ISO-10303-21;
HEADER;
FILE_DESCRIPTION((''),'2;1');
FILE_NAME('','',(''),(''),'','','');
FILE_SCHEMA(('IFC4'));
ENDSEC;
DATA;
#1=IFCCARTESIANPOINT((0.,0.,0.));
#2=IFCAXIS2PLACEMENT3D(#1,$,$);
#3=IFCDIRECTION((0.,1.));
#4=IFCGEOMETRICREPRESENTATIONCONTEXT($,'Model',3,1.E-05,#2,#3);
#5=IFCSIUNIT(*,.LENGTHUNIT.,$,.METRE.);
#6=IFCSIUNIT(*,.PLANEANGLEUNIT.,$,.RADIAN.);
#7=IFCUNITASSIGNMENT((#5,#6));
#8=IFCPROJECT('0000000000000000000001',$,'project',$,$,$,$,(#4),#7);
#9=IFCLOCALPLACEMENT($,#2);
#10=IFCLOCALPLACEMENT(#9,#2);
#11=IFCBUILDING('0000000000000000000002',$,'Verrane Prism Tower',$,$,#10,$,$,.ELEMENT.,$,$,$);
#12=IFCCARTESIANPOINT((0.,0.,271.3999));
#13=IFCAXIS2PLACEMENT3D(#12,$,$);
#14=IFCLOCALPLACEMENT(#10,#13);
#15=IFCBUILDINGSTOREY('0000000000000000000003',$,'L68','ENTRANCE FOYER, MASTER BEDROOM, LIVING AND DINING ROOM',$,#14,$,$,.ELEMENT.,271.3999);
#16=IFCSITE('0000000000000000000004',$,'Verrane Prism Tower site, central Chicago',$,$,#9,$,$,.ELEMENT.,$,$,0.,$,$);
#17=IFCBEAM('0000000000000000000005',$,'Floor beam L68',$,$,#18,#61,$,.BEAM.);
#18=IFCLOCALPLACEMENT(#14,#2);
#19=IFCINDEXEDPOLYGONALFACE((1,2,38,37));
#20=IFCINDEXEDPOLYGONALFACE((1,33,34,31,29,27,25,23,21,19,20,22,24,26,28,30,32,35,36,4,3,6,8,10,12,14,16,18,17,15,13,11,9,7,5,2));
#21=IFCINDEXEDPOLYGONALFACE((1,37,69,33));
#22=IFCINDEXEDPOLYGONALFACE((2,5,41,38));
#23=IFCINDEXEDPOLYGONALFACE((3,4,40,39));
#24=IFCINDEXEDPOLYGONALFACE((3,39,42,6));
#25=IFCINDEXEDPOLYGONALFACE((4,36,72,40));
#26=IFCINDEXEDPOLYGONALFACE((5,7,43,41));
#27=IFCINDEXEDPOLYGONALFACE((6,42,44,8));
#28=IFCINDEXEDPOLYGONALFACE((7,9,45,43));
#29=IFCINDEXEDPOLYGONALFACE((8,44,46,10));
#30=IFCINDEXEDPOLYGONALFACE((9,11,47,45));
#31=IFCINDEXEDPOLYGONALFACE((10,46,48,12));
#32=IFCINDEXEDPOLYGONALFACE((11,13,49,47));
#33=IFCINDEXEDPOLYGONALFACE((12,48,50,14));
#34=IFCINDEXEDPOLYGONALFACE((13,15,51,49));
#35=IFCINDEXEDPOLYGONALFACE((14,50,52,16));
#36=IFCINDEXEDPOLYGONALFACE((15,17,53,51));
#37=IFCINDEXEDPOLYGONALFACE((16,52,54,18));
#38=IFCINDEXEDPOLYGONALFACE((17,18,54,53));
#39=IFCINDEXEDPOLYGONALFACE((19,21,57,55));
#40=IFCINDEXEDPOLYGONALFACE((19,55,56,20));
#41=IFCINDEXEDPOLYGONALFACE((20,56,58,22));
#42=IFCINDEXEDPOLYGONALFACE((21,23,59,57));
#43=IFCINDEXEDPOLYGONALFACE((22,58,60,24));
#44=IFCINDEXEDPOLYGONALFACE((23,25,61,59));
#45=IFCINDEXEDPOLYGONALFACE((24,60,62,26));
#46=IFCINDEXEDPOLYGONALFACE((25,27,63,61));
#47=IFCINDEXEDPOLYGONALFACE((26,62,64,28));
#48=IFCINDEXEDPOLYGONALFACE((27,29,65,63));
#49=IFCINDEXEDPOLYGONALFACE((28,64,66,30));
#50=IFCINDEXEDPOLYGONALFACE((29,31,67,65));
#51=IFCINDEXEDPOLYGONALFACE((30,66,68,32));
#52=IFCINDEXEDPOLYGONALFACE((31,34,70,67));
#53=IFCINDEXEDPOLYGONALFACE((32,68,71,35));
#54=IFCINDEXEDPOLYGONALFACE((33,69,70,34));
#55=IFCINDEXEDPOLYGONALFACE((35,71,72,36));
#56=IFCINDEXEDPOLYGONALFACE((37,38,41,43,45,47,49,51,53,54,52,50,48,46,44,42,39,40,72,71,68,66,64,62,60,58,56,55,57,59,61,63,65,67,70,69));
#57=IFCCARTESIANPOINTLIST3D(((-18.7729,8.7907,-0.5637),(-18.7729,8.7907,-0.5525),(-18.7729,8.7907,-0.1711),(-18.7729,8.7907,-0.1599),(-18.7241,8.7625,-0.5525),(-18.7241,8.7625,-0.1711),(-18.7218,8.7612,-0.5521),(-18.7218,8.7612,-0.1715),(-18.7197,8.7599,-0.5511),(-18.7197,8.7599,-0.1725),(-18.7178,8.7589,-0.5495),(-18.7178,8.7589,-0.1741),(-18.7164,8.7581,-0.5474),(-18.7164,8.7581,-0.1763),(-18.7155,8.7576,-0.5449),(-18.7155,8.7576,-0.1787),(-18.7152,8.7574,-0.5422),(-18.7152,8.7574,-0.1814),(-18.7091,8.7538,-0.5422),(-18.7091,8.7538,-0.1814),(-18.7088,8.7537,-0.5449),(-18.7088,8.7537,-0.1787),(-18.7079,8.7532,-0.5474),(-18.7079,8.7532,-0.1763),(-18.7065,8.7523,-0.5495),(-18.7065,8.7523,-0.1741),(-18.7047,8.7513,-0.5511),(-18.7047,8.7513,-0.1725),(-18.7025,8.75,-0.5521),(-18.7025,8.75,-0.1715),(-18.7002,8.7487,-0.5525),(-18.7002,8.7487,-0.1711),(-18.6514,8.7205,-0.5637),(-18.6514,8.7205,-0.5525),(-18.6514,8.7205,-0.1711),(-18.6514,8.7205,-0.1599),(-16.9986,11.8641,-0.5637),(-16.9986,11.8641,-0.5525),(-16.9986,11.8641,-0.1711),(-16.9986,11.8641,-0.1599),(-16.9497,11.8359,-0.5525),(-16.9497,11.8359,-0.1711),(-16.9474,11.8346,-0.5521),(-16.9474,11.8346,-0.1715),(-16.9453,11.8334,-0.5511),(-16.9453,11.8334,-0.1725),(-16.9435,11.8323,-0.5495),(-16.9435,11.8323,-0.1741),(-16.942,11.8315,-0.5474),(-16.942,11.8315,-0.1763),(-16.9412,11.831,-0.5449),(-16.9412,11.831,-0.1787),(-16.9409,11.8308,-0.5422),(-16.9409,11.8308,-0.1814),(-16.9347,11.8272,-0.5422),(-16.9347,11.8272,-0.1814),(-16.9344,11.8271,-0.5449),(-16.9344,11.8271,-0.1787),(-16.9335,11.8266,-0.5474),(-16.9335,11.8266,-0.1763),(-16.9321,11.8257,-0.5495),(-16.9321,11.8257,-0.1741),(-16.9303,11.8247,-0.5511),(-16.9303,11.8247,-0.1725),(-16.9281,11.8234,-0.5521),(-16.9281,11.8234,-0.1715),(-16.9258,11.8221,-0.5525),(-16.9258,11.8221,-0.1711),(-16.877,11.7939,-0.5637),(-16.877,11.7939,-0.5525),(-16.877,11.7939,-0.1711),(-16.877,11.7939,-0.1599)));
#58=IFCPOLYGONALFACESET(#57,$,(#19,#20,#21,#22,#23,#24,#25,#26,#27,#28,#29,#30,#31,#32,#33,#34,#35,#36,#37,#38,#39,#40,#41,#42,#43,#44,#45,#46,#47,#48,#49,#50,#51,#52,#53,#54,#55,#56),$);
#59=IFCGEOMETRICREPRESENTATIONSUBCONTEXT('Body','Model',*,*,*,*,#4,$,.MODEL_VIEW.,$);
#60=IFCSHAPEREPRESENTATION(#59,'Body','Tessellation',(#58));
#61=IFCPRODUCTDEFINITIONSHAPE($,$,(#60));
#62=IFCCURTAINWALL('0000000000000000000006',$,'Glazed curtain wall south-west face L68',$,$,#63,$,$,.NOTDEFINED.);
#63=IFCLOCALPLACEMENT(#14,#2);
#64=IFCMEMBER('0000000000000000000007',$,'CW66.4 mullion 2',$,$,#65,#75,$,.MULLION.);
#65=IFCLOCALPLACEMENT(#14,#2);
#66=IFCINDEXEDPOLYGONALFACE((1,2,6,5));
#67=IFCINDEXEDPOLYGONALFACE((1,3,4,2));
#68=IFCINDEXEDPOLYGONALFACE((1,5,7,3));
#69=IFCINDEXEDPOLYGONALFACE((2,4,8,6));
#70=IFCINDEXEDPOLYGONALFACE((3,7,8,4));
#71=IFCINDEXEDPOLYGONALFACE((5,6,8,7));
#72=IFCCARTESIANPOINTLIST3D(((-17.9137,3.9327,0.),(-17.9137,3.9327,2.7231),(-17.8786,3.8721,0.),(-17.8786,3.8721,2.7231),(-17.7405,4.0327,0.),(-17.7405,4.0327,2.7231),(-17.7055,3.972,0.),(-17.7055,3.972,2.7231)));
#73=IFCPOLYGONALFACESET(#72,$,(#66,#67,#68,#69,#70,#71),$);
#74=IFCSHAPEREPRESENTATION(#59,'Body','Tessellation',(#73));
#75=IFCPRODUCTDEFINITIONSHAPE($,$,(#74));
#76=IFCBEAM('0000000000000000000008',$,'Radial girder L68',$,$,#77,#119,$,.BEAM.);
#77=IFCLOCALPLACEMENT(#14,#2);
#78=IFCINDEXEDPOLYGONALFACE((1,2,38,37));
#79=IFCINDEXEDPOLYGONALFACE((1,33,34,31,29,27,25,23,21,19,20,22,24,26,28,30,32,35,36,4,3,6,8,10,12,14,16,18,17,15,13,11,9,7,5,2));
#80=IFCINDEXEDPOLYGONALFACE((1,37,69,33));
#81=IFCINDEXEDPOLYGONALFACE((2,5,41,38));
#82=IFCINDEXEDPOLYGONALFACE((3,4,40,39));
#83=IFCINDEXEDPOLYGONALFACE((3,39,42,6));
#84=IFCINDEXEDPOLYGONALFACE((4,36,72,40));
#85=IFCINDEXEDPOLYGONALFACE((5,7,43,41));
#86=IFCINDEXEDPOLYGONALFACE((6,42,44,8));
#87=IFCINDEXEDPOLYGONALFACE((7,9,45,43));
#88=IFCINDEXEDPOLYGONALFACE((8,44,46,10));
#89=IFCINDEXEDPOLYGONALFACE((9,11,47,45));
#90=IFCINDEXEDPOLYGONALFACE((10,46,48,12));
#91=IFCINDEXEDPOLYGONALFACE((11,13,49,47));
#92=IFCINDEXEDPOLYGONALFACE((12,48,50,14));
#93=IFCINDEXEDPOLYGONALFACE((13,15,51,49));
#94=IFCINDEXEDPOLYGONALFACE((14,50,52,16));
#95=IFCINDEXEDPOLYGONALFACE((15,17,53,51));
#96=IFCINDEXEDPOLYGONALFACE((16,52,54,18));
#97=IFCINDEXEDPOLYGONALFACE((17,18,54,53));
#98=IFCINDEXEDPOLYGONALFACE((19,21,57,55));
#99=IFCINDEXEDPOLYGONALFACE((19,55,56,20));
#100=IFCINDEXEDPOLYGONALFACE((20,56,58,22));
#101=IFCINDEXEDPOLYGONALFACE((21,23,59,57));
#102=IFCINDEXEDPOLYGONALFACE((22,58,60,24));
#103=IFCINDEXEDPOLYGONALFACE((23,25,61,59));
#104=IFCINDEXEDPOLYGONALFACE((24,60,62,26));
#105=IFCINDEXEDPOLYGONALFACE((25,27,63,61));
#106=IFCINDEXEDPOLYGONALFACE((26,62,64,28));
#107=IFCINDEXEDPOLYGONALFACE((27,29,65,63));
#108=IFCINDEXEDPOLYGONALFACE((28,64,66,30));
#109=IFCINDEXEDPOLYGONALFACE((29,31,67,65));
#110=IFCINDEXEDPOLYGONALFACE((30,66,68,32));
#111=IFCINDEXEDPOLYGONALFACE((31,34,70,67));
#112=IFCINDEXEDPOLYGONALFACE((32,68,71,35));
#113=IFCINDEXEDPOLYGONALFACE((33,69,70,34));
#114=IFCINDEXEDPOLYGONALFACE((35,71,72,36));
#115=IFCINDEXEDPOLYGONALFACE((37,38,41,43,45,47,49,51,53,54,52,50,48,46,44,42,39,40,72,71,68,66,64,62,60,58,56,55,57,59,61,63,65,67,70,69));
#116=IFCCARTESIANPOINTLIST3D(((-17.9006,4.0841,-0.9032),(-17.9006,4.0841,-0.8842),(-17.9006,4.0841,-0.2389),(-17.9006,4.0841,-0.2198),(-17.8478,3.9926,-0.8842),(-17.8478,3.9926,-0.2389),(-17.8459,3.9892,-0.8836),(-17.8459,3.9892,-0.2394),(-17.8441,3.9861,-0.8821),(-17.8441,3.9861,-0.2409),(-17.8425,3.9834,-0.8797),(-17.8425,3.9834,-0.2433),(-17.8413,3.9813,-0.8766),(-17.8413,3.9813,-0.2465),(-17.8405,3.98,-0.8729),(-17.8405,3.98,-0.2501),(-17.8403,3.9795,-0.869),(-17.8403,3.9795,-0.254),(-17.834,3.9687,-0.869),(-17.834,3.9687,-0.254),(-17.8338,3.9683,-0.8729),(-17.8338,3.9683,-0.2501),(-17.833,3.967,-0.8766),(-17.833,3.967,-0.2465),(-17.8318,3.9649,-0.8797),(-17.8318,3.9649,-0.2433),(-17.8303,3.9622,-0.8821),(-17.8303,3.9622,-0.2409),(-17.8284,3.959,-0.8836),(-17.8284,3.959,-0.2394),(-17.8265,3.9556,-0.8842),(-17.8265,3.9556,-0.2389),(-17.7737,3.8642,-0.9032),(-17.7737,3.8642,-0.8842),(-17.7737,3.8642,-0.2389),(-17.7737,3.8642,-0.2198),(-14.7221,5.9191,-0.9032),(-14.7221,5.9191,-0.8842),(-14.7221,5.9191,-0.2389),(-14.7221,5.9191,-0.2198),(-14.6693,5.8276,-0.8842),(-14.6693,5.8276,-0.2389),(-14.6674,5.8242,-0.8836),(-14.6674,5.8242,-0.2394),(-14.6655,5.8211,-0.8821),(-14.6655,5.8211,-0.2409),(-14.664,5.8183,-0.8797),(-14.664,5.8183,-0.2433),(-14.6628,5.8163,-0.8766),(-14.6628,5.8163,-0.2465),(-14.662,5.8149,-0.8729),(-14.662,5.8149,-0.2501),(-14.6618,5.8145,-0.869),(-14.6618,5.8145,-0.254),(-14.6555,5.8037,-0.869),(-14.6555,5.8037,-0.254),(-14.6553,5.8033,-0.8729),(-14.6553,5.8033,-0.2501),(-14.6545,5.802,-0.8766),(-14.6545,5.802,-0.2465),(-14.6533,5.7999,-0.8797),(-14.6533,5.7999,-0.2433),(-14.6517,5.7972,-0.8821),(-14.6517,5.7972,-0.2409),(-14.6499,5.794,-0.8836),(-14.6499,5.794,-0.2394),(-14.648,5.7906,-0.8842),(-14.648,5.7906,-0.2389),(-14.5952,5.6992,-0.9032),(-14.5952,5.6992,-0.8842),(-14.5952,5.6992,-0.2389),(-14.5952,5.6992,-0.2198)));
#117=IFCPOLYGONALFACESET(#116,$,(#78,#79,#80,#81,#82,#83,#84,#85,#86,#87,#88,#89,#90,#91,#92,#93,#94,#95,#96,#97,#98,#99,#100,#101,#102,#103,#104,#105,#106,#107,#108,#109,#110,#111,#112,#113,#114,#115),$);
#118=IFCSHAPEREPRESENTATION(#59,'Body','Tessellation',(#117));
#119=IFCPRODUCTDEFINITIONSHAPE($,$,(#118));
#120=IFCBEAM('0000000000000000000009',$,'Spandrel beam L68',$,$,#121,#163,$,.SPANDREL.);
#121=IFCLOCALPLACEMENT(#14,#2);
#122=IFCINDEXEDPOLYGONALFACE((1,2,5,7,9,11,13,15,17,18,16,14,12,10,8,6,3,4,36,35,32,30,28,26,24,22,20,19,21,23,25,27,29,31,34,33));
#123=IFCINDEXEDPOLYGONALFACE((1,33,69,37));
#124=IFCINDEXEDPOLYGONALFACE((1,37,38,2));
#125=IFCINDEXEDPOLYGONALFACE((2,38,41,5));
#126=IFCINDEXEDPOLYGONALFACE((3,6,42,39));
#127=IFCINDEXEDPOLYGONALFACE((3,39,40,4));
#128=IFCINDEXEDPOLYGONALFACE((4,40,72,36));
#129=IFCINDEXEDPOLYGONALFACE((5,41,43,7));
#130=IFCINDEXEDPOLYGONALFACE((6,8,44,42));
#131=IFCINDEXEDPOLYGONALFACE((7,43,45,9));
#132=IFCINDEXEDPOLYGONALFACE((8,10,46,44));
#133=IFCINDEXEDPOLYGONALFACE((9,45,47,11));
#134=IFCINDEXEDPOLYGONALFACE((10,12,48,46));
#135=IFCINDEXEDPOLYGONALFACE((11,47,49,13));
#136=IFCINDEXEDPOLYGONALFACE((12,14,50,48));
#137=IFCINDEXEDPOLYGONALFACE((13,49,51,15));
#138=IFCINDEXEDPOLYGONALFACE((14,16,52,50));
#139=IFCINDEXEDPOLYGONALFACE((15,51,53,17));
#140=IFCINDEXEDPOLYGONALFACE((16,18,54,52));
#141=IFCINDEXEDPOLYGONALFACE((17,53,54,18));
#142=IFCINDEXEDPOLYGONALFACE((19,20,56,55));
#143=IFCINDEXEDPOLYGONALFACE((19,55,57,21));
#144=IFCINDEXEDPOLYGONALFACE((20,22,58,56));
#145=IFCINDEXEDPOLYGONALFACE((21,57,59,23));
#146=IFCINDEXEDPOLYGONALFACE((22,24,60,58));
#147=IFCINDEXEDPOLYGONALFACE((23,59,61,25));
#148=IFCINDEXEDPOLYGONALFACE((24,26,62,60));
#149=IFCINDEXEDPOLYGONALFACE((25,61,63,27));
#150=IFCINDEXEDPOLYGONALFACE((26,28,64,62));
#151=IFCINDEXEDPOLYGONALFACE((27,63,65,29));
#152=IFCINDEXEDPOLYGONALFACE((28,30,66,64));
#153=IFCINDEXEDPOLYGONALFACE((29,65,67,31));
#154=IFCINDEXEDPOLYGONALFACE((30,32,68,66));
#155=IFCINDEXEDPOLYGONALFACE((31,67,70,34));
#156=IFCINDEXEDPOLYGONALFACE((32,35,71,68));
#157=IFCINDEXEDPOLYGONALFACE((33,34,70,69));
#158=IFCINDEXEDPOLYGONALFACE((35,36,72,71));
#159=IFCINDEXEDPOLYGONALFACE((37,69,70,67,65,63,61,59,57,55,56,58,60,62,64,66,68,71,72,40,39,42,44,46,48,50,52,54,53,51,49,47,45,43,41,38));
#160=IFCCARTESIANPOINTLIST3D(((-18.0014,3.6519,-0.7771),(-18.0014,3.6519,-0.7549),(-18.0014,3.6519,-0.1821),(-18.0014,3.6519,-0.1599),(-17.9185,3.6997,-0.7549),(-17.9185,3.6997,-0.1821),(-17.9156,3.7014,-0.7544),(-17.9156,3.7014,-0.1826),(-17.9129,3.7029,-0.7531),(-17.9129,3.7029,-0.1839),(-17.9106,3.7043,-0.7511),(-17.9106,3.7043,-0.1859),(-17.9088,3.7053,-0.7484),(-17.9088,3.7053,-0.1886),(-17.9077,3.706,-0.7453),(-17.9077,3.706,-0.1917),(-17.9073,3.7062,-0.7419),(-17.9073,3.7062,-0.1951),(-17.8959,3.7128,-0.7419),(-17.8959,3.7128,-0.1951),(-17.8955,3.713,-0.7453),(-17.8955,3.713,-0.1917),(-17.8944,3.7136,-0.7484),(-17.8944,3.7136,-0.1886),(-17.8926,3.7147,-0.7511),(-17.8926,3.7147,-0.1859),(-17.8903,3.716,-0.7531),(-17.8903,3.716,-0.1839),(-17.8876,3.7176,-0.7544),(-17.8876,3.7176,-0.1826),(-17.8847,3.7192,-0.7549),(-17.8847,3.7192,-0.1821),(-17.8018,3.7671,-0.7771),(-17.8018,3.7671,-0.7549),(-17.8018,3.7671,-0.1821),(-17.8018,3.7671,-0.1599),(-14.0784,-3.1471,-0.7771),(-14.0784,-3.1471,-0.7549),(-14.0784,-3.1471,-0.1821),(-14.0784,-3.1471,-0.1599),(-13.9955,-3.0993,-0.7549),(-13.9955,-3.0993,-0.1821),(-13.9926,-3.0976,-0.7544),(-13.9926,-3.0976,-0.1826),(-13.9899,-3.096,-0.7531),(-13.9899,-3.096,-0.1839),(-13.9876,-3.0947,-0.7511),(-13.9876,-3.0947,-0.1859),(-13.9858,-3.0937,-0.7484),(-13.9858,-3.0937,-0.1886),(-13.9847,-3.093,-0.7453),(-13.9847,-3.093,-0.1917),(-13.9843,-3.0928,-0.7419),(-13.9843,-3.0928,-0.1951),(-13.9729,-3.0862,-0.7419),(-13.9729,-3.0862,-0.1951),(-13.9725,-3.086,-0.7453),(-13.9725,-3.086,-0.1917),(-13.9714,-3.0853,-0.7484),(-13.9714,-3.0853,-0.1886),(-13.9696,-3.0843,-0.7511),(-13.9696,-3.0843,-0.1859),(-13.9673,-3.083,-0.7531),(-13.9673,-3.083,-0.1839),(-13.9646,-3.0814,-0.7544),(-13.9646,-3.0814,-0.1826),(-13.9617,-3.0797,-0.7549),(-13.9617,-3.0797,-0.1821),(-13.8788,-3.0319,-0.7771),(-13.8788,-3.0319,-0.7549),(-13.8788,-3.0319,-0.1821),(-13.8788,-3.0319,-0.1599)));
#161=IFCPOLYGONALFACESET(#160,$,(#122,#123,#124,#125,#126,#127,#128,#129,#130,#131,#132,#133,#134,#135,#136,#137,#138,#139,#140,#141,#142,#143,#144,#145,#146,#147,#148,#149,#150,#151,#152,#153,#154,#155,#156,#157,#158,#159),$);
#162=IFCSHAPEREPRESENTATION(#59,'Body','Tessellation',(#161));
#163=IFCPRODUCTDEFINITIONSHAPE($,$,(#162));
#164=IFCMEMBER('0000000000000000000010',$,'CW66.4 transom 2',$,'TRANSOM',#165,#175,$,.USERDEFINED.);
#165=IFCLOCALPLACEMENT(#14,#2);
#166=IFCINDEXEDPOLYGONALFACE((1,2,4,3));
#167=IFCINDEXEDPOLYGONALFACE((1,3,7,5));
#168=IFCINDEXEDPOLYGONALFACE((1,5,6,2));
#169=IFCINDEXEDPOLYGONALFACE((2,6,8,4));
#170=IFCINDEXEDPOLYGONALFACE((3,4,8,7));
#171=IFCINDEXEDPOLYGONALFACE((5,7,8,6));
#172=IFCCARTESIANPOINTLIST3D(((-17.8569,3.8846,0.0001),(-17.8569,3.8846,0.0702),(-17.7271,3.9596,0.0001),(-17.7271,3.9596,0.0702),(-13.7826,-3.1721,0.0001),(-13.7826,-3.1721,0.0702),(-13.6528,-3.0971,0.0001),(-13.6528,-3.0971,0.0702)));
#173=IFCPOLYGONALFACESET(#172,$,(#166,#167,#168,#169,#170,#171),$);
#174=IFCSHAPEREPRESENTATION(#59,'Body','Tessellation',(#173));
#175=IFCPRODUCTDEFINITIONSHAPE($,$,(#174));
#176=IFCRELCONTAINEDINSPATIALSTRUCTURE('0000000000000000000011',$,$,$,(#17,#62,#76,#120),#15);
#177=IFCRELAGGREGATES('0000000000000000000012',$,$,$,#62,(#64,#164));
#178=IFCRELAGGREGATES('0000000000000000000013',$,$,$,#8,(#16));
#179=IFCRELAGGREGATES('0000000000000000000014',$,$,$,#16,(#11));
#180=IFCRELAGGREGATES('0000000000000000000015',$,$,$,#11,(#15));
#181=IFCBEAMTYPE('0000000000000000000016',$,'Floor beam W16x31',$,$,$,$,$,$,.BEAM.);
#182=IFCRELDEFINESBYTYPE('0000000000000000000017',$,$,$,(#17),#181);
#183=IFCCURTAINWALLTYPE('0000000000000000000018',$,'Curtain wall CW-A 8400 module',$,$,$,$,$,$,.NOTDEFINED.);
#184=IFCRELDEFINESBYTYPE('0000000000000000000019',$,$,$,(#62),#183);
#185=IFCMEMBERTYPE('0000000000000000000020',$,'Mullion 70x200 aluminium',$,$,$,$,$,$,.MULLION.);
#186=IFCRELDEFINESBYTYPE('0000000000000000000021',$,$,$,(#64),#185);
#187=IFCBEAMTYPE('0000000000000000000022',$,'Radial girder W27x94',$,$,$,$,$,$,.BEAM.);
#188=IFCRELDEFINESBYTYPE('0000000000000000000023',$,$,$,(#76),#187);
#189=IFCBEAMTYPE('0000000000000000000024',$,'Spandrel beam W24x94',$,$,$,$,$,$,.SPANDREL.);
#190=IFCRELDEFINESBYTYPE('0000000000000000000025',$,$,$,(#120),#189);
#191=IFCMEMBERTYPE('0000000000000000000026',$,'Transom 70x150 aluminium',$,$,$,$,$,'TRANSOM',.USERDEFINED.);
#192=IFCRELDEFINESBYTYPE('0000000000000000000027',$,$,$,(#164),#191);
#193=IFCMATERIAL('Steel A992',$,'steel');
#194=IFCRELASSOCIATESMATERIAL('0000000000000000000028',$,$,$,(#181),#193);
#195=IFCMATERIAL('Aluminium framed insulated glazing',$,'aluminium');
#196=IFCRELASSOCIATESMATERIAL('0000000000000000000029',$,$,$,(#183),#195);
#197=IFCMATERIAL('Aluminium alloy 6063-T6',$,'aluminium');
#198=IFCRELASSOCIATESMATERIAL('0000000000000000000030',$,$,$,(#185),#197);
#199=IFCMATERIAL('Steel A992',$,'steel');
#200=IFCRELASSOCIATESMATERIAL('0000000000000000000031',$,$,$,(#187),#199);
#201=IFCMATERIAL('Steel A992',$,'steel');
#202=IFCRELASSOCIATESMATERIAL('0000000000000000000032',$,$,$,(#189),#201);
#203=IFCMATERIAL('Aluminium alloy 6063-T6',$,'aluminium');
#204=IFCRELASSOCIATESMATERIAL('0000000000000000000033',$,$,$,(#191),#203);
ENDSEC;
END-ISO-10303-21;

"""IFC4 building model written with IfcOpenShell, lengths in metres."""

from ifc_helpers import new_model, si_unit, direction, frame, origin, origin_2d, place, context, subcontext, project, spatial, rectangle, i_section, extrude, material, material_profile, profile_set, type_object, element, aggregate, save


model = new_model("IFC4")

# Units and contexts
model_context = context("Model", 3, precision=1e-05, world=origin(), true_north=direction((0.0, 1.0)))
body_context = subcontext(model_context, "Body", "Model", "MODEL_VIEW")
ifc_project = project(units=[si_unit("LENGTHUNIT", "METRE"), si_unit("PLANEANGLEUNIT", "RADIAN")], contexts=[model_context])

# Site, building, storey
site_placement = place(None, origin())
site = spatial("IfcSite", under=ifc_project, at=site_placement, Name="Verrane Prism Tower site, central Chicago", CompositionType="ELEMENT", RefElevation=0.0)
building_placement = place(site_placement, origin())
building = spatial("IfcBuilding", under=site, at=building_placement, Name="Verrane Prism Tower", CompositionType="ELEMENT")
storey_placement = place(building_placement, frame((0.0, 0.0, 271.3999)))
storey = spatial("IfcBuildingStorey", under=building, at=storey_placement, Name="L68", Description="ENTRANCE FOYER, MASTER BEDROOM, LIVING AND DINING ROOM", CompositionType="ELEMENT", Elevation=271.3999)

# Beam
ifc_material_1 = material(Name="Steel A992", Category="steel")
ifc_material_profile_1 = material_profile(ifc_material_1, i_section(OverallWidth=0.1404, OverallDepth=0.4038, WebThickness=0.0071, FlangeThickness=0.0112, FilletRadius=0.0103, at=origin_2d()), Name="W16x31")
ifc_profile_set_1 = profile_set([ifc_material_profile_1], Name="Steel A992")
beam_type_1 = type_object("IfcBeamType", Name="Floor beam W16x31", PredefinedType="BEAM", material=ifc_profile_set_1)
beam_1_placement = place(storey_placement, frame((-18.7122, 8.7556, -0.3618), z_axis=(0.499986, 0.866033, 0.0), x_axis=(-0.866033, 0.499986, 0.0)))
element("IfcBeam", 1, at=beam_1_placement, inside=storey, type_object=beam_type_1, Name="Floor beam L68", PredefinedType="BEAM", context=body_context, shape_type="SweptSolid", body=[
    extrude(i_section(OverallWidth=0.1404, OverallDepth=0.4038, WebThickness=0.0071, FlangeThickness=0.0112, FilletRadius=0.0103, at=origin_2d()), origin(), (0.0, 0.0, 1.0), 3.5488),
])

# Curtain wall, member
ifc_material_2 = material(Name="Aluminium framed insulated glazing", Category="aluminium")
curtain_wall_type = type_object("IfcCurtainWallType", Name="Curtain wall CW-A 8400 module", PredefinedType="NOTDEFINED", material=ifc_material_2)
curtain_wall_placement = place(storey_placement, origin())
curtain_wall = element("IfcCurtainWall", 2, at=curtain_wall_placement, inside=storey, type_object=curtain_wall_type, Name="Glazed curtain wall south-west face L68", PredefinedType="NOTDEFINED")
ifc_material_3 = material(Name="Aluminium alloy 6063-T6", Category="aluminium")
ifc_material_profile_2 = material_profile(ifc_material_3, rectangle(XDim=0.2, YDim=0.0701, at=origin_2d()), Name="Mullion 70x200 aluminium")
ifc_profile_set_2 = profile_set([ifc_material_profile_2], Name="Aluminium alloy 6063-T6")
member_type_1 = type_object("IfcMemberType", Name="Mullion 70x200 aluminium", PredefinedType="MULLION", material=ifc_profile_set_2)
member_1_placement = place(storey_placement, frame((-17.8096, 3.9524, 0.0), z_axis=(0.0, 0.0, 1.0), x_axis=(0.866025, 0.500001, 0.0)))
member_1 = element("IfcMember", 3, at=member_1_placement, type_object=member_type_1, Name="CW66.4 mullion 2", PredefinedType="MULLION", context=body_context, shape_type="SweptSolid", body=[
    extrude(rectangle(XDim=0.2, YDim=0.0701, at=origin_2d()), origin(), (0.0, 0.0, 1.0), 2.7231),
])

# Beams
ifc_material_4 = material(Name="Steel A992", Category="steel")
ifc_material_profile_3 = material_profile(ifc_material_4, i_section(OverallWidth=0.2539, OverallDepth=0.6833, WebThickness=0.0125, FlangeThickness=0.019, FilletRadius=0.0151, at=origin_2d()), Name="W27x94")
ifc_profile_set_3 = profile_set([ifc_material_profile_3], Name="Steel A992")
beam_type_2 = type_object("IfcBeamType", Name="Radial girder W27x94", PredefinedType="BEAM", material=ifc_profile_set_3)
beam_2_placement = place(storey_placement, frame((-17.8372, 3.9741, -0.5615), z_axis=(0.86604, 0.499974, 0.0), x_axis=(-0.499974, 0.86604, 0.0)))
element("IfcBeam", 4, at=beam_2_placement, inside=storey, type_object=beam_type_2, Name="Radial girder L68", PredefinedType="BEAM", context=body_context, shape_type="SweptSolid", body=[
    extrude(i_section(OverallWidth=0.2539, OverallDepth=0.6833, WebThickness=0.0125, FlangeThickness=0.019, FilletRadius=0.0151, at=origin_2d()), origin(), (0.0, 0.0, 1.0), 3.6702),
])
ifc_material_5 = material(Name="Steel A992", Category="steel")
ifc_material_profile_4 = material_profile(ifc_material_5, i_section(OverallWidth=0.2305, OverallDepth=0.6172, WebThickness=0.0132, FlangeThickness=0.0222, FilletRadius=0.0129, at=origin_2d()), Name="W24x94")
ifc_profile_set_4 = profile_set([ifc_material_profile_4], Name="Steel A992")
beam_type_3 = type_object("IfcBeamType", Name="Spandrel beam W24x94", PredefinedType="SPANDREL", material=ifc_profile_set_4)
beam_3_placement = place(storey_placement, frame((-17.9016, 3.7095, -0.4685), z_axis=(0.499775, -0.866155, 0.0), x_axis=(0.866155, 0.499775, 0.0)))
element("IfcBeam", 5, at=beam_3_placement, inside=storey, type_object=beam_type_3, Name="Spandrel beam L68", PredefinedType="SPANDREL", context=body_context, shape_type="SweptSolid", body=[
    extrude(i_section(OverallWidth=0.2305, OverallDepth=0.6172, WebThickness=0.0132, FlangeThickness=0.0222, FilletRadius=0.0129, at=origin_2d()), origin(), (0.0, 0.0, 1.0), 7.8496),
])

# Member
ifc_material_6 = material(Name="Aluminium alloy 6063-T6", Category="aluminium")
ifc_material_profile_5 = material_profile(ifc_material_6, rectangle(XDim=0.1499, YDim=0.0701, at=origin_2d()), Name="Transom 70x150 aluminium")
ifc_profile_set_5 = profile_set([ifc_material_profile_5], Name="Aluminium alloy 6063-T6")
member_type_2 = type_object("IfcMemberType", Name="Transom 70x150 aluminium", ElementType="TRANSOM", PredefinedType="USERDEFINED", material=ifc_profile_set_5)
member_2_placement = place(storey_placement, frame((-17.792, 3.9221, 0.0352), z_axis=(0.500006, -0.866022, 0.0), x_axis=(0.866022, 0.500006, 0.0)))
member_2 = element("IfcMember", 6, at=member_2_placement, type_object=member_type_2, Name="CW66.4 transom 2", ObjectType="TRANSOM", PredefinedType="USERDEFINED", context=body_context, shape_type="SweptSolid", body=[
    extrude(rectangle(XDim=0.1499, YDim=0.0701, at=origin_2d()), origin(), (0.0, 0.0, 1.0), 8.1484),
])

aggregate(curtain_wall, [member_1, member_2])

save(model, "model.ifc")
